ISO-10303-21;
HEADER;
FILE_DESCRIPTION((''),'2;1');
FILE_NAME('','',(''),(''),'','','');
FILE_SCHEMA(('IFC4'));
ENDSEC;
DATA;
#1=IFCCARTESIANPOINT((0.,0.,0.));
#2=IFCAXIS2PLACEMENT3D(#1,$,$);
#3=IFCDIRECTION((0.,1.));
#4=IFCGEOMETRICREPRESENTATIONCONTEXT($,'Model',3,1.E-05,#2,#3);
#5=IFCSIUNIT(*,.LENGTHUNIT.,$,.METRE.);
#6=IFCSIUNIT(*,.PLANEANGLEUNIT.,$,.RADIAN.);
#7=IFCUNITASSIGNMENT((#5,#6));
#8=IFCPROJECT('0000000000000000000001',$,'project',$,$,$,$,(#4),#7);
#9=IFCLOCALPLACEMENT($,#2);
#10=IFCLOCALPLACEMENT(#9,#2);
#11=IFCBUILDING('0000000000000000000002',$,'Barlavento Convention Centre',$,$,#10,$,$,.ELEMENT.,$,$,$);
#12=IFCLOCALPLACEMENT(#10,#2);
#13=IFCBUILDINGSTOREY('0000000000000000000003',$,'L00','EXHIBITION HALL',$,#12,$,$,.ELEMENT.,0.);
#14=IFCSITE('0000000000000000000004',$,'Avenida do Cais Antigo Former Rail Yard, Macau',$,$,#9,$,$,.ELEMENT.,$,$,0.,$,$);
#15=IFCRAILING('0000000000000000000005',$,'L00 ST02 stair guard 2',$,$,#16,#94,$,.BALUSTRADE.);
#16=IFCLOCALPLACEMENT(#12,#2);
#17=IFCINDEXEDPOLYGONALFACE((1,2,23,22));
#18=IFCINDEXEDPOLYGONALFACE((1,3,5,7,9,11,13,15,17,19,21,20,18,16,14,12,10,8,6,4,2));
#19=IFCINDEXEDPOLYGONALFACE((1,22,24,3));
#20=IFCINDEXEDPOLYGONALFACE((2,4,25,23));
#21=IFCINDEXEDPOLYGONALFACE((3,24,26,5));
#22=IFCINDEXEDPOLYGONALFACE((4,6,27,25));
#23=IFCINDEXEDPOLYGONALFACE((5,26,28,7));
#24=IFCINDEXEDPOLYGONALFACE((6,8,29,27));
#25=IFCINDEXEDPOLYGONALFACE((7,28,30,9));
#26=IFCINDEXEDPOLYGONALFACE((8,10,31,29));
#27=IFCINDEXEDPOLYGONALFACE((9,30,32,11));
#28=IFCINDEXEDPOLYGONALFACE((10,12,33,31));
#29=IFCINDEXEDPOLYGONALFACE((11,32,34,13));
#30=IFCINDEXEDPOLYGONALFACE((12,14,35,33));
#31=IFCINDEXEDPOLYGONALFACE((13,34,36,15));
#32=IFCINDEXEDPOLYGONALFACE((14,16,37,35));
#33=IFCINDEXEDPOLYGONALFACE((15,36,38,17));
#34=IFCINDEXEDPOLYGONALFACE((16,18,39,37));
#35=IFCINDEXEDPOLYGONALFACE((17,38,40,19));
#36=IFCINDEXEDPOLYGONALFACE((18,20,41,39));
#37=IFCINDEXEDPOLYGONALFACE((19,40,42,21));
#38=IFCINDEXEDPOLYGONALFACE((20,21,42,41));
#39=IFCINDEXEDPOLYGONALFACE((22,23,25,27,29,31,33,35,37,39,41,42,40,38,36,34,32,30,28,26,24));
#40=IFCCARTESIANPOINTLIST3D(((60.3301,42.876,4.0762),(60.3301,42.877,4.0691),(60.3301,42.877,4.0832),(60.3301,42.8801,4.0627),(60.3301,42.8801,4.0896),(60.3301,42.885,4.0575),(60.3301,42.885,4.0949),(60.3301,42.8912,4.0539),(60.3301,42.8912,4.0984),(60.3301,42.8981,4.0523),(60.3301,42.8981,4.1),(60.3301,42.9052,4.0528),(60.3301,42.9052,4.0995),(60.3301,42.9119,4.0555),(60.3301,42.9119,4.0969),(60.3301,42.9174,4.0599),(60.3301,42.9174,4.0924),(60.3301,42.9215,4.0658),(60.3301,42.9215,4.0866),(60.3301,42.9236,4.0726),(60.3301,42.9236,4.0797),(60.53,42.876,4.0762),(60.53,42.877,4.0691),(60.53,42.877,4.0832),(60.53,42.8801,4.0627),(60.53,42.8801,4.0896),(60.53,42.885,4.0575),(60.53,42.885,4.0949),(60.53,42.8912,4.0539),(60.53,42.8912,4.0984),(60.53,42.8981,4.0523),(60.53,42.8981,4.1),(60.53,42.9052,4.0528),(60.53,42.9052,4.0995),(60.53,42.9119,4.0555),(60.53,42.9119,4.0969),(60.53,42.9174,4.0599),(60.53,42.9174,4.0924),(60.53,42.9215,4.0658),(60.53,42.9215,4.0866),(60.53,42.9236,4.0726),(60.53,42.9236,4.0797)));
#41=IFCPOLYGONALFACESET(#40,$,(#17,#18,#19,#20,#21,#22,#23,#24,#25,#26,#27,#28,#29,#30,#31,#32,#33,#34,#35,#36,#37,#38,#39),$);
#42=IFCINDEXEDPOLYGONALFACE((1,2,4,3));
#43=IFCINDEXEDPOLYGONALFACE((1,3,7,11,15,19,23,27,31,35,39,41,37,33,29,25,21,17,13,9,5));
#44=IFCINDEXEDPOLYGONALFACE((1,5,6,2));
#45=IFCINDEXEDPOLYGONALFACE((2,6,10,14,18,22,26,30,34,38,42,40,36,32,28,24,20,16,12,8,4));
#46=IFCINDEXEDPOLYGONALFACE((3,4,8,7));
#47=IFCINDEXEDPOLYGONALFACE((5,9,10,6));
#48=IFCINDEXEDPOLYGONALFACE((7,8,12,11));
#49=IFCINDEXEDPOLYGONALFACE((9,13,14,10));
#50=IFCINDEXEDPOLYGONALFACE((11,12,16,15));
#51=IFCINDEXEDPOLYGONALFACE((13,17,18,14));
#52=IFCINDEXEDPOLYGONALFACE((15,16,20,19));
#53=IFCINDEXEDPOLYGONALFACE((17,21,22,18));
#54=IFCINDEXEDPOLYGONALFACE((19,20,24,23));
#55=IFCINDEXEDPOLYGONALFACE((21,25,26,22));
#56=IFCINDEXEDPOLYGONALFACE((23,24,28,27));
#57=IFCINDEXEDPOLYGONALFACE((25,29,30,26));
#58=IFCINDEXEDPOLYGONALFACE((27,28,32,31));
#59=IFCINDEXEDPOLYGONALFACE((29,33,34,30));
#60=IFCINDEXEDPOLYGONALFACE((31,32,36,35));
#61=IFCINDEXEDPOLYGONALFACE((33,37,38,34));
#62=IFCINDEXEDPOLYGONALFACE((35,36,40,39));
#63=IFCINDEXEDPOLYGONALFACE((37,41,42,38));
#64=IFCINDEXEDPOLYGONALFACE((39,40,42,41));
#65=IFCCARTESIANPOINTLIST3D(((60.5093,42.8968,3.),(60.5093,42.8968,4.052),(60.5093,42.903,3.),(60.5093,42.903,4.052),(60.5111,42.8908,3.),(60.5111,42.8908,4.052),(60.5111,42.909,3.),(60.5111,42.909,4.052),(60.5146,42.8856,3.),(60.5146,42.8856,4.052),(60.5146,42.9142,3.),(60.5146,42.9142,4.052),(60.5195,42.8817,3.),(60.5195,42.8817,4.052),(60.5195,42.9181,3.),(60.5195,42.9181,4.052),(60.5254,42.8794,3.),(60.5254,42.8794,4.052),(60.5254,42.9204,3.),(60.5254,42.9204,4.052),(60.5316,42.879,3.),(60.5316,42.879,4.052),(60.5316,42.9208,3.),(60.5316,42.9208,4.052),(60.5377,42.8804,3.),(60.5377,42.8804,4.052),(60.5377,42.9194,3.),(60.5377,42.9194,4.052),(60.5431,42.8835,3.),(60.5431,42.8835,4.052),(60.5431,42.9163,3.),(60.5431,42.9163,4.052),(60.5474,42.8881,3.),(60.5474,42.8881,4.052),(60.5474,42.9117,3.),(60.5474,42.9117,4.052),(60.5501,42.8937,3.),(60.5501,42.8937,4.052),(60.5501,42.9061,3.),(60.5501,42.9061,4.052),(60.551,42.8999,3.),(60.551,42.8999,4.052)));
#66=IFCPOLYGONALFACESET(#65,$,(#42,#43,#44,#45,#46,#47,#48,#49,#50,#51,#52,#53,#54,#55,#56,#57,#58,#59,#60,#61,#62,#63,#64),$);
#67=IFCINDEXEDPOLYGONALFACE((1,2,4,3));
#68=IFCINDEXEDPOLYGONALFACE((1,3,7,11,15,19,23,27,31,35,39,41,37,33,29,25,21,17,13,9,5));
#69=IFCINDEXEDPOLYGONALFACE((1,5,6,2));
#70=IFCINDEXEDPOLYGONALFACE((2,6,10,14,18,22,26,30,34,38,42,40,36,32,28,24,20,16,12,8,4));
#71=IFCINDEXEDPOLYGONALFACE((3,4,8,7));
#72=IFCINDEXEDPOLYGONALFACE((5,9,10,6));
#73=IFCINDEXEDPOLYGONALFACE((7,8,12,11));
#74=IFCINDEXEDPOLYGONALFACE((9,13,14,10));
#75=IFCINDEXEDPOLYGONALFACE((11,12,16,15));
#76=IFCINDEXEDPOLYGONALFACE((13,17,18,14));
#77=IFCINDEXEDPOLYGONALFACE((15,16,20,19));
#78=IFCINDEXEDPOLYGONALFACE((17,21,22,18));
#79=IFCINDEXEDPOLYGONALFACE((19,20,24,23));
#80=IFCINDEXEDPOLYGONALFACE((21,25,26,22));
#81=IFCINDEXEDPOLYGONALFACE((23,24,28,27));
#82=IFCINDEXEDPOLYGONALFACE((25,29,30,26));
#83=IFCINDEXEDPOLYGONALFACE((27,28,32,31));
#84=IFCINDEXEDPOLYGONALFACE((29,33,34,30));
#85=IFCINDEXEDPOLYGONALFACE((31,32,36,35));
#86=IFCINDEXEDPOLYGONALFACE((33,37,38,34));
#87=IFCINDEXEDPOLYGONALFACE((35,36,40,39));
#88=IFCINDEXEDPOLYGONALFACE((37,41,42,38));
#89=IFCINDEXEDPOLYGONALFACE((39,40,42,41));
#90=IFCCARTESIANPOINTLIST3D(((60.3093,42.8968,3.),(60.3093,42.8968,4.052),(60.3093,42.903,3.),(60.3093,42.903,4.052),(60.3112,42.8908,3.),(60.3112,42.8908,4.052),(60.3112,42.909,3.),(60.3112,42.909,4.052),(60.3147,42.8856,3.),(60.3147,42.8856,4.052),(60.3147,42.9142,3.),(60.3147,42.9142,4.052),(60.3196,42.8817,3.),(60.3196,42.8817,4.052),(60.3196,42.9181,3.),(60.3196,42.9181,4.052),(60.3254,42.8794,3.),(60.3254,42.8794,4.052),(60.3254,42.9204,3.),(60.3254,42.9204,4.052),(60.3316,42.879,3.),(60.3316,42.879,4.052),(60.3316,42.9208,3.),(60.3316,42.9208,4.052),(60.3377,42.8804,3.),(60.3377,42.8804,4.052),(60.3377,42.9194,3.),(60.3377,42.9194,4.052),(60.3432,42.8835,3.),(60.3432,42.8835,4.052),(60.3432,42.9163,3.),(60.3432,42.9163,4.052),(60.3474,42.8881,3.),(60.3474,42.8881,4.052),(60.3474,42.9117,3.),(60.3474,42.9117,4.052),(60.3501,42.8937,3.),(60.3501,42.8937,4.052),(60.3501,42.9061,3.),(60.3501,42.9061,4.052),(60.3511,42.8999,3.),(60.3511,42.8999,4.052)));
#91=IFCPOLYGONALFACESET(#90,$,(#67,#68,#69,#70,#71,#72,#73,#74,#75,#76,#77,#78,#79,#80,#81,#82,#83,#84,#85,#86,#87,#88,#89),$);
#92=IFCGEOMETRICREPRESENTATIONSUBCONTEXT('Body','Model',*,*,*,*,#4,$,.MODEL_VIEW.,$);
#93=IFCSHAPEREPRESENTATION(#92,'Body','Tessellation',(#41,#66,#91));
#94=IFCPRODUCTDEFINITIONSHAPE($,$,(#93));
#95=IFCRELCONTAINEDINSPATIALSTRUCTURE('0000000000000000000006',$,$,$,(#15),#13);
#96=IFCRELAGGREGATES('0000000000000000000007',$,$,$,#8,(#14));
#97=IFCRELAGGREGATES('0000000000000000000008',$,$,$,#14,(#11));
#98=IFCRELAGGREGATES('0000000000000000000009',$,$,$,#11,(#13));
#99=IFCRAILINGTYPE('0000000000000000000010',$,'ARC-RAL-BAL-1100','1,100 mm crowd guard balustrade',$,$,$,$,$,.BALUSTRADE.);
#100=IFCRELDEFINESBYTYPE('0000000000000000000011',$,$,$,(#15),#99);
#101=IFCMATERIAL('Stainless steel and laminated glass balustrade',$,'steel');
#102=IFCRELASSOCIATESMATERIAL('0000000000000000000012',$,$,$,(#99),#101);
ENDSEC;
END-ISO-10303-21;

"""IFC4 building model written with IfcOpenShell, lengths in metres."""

from ifc_helpers import new_model, si_unit, direction, frame, origin, origin_2d, place, context, subcontext, project, spatial, circle, extrude, material, type_object, element, save


model = new_model("IFC4")

# Units and contexts
model_context = context("Model", 3, precision=1e-05, world=origin(), true_north=direction((0.0, 1.0)))
body_context = subcontext(model_context, "Body", "Model", "MODEL_VIEW")
ifc_project = project(units=[si_unit("LENGTHUNIT", "METRE"), si_unit("PLANEANGLEUNIT", "RADIAN")], contexts=[model_context])

# Site, building, storey
site_placement = place(None, origin())
site = spatial("IfcSite", under=ifc_project, at=site_placement, Name="Avenida do Cais Antigo Former Rail Yard, Macau", CompositionType="ELEMENT", RefElevation=0.0)
building_placement = place(site_placement, origin())
building = spatial("IfcBuilding", under=site, at=building_placement, Name="Barlavento Convention Centre", CompositionType="ELEMENT")
storey_placement = place(building_placement, origin())
storey = spatial("IfcBuildingStorey", under=building, at=storey_placement, Name="L00", Description="EXHIBITION HALL", CompositionType="ELEMENT", Elevation=0.0)

# Railing
ifc_material_1 = material(Name="Stainless steel and laminated glass balustrade", Category="steel")
railing_type_1 = type_object("IfcRailingType", Name="ARC-RAL-BAL-1100", Description="1,100 mm crowd guard balustrade", PredefinedType="BALUSTRADE", material=ifc_material_1)
railing_1_placement = place(storey_placement, frame((60.53, 42.8999, 3.0)))
element("IfcRailing", 1, at=railing_1_placement, inside=storey, type_object=railing_type_1, Name="L00 ST02 stair guard 2", PredefinedType="BALUSTRADE", context=body_context, shape_type="SweptSolid", body=[
    extrude(circle(Radius=0.0239, at=origin_2d()), frame((0.0, 0.0, 1.0762), z_axis=(-1.0, 0.0, 0.0), x_axis=(0.0, -1.0, 0.0)), (0.0, 0.0, 1.0), 0.2),
    extrude(circle(Radius=0.021, at=origin_2d()), origin(), (0.0, 0.0, 1.0), 1.052),
    extrude(circle(Radius=0.021, at=origin_2d()), frame((-0.2, 0.0, 0.0)), (0.0, 0.0, 1.0), 1.052),
])

save(model, "model.ifc")
